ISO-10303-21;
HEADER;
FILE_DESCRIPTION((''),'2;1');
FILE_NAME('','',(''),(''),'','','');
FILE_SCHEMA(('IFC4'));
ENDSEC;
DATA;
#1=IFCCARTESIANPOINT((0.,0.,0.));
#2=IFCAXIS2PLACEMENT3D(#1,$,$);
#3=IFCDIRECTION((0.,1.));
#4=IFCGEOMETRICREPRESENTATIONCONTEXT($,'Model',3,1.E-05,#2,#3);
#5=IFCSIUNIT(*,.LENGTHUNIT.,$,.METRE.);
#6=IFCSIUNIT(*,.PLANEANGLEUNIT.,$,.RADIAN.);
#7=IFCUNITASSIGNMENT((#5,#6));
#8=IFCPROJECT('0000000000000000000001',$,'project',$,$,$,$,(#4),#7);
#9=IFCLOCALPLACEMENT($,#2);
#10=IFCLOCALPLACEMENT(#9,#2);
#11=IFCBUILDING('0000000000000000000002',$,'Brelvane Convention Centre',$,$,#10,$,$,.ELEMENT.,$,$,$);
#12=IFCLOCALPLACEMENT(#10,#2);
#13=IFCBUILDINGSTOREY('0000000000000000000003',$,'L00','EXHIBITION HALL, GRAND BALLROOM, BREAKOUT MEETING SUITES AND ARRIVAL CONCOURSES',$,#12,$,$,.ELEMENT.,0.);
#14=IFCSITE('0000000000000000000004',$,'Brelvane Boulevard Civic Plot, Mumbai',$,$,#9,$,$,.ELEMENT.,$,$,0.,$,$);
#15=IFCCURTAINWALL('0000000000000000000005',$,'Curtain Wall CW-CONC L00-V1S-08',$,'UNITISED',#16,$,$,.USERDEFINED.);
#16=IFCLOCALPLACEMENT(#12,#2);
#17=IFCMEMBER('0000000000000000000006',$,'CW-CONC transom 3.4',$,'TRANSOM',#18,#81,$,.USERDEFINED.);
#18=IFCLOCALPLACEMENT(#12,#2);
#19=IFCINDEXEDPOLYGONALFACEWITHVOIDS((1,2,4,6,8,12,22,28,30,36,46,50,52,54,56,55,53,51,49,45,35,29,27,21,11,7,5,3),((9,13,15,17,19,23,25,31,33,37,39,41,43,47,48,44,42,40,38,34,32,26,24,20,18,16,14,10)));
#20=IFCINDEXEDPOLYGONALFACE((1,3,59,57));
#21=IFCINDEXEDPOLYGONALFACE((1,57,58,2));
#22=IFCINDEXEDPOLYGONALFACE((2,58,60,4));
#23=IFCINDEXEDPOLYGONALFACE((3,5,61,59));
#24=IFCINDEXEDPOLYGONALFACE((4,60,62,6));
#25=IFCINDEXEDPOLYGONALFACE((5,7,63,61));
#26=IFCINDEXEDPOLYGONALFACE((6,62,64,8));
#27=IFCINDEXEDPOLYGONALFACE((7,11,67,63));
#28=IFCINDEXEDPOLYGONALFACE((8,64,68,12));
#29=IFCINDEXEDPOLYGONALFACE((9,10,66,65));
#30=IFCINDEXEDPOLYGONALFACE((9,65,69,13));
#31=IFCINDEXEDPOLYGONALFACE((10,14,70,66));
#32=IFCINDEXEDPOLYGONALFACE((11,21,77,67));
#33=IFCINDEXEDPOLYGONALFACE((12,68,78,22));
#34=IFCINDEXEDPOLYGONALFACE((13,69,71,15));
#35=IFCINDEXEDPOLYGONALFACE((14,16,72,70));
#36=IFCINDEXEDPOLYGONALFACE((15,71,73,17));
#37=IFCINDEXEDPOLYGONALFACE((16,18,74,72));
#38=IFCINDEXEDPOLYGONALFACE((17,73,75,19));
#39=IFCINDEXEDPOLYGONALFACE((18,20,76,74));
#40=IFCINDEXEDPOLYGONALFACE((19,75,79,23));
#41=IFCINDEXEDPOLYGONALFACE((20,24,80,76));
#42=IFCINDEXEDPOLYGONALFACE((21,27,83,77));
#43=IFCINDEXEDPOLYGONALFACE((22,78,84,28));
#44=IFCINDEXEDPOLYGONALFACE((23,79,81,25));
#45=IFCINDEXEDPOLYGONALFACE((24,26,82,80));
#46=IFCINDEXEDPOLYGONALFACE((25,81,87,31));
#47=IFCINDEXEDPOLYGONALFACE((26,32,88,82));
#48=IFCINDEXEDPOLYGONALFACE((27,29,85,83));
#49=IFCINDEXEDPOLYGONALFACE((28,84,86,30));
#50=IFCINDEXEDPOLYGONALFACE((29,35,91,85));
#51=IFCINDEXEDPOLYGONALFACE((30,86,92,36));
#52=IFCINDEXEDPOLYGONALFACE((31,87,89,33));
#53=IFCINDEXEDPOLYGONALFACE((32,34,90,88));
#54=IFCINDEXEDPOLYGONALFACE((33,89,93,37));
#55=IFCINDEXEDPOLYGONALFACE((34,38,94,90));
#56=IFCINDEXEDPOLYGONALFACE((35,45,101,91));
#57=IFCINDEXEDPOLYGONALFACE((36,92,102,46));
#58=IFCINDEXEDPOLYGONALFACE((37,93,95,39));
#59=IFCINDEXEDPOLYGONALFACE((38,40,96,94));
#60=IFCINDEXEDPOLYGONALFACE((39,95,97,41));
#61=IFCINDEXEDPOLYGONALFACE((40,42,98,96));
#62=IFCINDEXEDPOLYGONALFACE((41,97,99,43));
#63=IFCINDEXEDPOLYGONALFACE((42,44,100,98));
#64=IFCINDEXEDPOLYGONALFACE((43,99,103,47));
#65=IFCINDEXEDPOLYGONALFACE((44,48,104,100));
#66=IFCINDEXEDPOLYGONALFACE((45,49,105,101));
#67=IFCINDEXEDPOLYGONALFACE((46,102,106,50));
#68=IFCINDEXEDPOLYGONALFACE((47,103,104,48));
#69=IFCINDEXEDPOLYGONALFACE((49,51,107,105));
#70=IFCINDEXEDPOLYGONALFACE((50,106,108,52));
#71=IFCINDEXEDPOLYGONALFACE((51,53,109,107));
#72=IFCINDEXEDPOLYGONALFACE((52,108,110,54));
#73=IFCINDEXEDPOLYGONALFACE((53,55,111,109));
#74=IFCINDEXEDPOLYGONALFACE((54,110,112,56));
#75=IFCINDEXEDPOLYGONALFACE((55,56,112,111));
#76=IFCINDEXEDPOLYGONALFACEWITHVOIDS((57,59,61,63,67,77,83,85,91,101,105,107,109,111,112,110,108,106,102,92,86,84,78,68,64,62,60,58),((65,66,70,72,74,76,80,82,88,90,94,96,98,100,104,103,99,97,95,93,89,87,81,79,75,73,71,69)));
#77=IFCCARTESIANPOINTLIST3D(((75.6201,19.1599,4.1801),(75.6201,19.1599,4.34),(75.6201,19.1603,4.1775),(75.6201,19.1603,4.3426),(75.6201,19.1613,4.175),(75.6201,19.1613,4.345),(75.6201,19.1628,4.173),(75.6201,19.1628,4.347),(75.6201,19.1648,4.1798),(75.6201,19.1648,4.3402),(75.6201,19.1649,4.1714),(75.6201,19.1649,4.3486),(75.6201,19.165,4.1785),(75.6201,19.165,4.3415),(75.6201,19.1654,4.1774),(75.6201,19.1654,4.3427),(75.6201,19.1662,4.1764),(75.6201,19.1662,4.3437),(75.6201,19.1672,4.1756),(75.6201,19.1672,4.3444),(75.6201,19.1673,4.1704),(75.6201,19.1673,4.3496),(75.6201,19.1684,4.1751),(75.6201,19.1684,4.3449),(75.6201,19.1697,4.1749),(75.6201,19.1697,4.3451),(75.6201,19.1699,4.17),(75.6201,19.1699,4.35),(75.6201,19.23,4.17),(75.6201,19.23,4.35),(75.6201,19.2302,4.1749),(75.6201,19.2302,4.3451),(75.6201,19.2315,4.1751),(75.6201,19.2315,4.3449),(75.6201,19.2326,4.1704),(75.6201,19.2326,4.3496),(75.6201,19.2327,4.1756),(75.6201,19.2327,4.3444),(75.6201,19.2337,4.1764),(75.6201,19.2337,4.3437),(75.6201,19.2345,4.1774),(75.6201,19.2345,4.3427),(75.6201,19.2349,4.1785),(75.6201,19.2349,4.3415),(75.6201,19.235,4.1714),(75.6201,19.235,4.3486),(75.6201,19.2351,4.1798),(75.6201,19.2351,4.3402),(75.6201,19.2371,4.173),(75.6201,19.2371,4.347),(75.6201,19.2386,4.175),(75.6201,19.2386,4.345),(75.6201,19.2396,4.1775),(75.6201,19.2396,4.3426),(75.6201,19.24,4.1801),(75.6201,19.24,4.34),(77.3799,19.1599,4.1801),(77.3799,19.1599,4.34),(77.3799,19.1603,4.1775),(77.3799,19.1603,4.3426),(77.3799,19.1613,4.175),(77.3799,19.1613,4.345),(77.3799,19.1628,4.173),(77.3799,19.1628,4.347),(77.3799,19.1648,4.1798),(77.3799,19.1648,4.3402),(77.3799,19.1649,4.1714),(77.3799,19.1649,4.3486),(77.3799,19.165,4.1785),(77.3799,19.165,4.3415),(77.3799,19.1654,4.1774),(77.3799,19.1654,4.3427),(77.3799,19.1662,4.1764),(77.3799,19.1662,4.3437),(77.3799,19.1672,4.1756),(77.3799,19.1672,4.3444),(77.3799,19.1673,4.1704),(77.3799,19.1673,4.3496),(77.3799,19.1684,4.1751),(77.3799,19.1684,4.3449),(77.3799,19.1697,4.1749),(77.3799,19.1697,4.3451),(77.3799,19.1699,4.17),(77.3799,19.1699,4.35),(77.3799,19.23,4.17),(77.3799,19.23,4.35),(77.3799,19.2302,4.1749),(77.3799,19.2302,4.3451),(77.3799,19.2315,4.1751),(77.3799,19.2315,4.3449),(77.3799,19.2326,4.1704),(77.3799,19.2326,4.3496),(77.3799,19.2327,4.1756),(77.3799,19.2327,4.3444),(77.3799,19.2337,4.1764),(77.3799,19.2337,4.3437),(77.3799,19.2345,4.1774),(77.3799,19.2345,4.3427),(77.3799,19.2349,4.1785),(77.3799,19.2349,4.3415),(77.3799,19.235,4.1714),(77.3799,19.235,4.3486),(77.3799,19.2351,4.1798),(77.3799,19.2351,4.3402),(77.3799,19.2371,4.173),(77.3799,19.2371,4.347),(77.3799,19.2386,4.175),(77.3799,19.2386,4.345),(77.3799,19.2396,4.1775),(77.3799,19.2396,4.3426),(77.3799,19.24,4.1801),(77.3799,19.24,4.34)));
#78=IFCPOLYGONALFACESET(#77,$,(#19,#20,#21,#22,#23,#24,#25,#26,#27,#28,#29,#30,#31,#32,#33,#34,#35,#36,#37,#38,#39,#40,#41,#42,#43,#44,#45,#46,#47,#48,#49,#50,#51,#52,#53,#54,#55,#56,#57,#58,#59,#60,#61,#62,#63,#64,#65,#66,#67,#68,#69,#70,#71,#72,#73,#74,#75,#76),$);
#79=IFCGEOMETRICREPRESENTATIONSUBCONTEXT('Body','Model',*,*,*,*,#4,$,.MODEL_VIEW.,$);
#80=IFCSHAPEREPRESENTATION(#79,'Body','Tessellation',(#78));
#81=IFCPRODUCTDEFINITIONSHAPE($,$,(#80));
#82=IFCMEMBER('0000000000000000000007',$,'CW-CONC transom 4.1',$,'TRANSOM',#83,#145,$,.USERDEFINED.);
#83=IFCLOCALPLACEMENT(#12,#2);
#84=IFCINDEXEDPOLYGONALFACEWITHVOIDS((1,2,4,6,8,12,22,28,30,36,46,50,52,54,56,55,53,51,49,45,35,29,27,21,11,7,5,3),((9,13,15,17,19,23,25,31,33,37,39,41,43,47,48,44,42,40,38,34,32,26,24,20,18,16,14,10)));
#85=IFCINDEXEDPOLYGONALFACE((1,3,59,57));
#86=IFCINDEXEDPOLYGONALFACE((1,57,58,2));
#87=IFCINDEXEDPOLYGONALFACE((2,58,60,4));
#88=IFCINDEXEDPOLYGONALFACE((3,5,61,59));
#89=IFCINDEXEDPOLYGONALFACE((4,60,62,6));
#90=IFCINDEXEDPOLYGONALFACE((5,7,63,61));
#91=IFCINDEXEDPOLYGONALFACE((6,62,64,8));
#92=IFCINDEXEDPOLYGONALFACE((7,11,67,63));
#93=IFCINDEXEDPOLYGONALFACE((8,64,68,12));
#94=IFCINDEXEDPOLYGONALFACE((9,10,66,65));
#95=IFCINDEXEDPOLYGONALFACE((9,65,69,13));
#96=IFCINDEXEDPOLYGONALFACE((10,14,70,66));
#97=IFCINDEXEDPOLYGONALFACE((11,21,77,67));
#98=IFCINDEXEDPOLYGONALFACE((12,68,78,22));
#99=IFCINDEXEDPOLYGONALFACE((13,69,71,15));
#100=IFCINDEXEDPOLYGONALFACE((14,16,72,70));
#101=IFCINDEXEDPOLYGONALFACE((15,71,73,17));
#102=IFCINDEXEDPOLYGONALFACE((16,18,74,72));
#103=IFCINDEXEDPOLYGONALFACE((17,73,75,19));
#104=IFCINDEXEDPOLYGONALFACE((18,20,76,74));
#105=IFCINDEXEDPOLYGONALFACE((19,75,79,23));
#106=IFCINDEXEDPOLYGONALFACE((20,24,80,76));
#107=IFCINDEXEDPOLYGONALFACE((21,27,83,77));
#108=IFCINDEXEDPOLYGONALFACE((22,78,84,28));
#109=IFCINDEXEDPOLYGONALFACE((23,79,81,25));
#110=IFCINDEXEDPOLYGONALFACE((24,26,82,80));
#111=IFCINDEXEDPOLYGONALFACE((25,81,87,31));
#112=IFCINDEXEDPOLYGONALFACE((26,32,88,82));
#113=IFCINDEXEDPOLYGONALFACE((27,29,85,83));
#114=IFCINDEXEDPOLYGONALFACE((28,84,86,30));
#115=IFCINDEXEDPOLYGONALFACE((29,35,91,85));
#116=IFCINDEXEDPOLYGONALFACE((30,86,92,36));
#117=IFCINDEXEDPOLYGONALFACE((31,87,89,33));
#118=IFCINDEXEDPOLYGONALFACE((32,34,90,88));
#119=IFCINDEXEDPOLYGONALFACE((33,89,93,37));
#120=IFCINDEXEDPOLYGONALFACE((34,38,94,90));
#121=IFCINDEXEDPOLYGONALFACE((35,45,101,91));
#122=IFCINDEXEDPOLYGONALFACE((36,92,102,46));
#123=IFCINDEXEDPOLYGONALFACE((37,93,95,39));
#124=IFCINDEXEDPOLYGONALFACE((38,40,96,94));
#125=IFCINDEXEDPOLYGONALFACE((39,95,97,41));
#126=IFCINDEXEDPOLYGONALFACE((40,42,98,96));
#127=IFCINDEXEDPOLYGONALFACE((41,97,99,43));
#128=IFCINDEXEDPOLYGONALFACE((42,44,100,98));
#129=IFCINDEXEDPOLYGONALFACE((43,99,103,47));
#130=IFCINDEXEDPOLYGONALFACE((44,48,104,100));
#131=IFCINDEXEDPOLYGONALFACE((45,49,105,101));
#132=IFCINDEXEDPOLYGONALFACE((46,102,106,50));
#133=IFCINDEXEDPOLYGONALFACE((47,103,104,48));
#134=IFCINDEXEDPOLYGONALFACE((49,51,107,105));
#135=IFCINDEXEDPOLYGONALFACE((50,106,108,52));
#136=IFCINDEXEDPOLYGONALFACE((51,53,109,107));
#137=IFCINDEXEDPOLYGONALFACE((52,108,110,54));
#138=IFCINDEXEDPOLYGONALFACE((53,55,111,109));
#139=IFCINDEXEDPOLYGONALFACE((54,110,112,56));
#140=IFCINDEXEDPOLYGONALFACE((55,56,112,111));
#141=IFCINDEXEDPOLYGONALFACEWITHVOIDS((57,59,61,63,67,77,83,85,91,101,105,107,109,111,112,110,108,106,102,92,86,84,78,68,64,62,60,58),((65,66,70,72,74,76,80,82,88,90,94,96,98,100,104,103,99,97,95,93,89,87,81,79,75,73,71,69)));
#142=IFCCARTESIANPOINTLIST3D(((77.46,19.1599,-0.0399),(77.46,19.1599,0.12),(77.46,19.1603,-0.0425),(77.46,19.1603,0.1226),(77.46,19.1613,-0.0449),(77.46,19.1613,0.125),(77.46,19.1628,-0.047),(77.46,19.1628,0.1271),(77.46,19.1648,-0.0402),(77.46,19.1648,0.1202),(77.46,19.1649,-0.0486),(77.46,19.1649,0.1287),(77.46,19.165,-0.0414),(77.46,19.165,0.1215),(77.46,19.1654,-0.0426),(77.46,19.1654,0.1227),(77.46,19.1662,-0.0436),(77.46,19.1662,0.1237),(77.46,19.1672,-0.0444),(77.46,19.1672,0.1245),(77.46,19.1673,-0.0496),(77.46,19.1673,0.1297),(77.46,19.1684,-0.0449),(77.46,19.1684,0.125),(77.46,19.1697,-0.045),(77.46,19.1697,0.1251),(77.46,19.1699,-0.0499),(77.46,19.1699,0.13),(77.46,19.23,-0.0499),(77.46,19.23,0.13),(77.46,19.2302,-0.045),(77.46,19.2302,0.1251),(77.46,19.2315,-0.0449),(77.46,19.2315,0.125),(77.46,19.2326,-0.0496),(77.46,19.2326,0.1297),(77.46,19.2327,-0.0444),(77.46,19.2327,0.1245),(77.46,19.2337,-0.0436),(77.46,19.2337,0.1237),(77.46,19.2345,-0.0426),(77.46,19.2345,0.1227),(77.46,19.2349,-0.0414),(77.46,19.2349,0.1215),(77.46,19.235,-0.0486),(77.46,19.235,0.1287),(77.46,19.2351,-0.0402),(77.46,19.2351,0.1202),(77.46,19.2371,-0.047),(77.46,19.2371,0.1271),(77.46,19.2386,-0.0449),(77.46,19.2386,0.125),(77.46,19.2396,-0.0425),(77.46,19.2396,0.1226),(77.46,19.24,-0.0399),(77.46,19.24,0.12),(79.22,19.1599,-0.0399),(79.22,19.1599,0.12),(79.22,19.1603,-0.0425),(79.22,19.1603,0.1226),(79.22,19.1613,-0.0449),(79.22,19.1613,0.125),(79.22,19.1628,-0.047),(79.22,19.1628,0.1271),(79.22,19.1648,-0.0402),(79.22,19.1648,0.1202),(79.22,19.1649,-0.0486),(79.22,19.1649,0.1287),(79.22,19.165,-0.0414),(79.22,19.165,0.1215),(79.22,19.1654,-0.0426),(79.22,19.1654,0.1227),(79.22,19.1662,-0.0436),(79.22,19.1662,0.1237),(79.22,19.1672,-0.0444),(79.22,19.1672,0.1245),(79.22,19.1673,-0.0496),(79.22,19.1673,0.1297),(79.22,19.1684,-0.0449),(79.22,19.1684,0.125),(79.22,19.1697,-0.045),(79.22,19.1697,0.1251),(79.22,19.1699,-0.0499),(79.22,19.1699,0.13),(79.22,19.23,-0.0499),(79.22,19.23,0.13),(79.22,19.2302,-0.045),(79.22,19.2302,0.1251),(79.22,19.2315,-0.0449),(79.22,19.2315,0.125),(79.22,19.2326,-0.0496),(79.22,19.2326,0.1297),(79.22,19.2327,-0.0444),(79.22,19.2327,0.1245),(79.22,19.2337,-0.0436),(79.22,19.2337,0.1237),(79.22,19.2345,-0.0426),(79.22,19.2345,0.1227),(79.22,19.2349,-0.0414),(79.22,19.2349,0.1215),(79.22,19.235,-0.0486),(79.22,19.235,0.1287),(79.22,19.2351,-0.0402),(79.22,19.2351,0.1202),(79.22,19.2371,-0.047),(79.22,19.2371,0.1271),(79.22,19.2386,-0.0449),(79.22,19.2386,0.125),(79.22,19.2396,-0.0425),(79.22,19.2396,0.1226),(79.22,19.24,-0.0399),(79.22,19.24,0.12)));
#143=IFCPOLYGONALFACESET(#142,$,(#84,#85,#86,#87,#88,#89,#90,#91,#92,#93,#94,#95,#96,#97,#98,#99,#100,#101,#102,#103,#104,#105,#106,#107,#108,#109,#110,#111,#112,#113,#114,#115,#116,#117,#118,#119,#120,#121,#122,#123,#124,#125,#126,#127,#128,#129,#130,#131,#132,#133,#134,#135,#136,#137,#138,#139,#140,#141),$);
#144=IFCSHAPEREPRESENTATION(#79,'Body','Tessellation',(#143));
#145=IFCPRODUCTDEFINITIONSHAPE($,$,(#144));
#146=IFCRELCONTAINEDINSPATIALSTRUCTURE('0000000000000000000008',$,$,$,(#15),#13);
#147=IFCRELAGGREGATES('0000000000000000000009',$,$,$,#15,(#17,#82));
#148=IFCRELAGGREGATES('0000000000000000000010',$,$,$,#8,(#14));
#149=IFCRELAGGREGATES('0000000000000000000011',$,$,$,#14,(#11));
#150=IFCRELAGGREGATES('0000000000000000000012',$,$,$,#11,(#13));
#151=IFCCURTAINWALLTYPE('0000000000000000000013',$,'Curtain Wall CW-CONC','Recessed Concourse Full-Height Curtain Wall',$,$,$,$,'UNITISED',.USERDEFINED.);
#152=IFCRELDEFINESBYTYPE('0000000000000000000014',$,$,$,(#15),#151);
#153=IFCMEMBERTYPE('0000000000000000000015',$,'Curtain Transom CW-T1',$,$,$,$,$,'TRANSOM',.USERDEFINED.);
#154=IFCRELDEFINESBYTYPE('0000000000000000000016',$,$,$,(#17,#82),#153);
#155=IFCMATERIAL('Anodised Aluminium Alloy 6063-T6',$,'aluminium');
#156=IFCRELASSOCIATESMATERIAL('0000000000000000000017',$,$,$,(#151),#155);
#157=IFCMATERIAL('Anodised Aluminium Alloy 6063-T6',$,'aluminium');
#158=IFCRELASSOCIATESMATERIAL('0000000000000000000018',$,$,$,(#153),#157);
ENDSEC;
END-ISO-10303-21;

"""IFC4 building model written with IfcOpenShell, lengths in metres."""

from ifc_helpers import new_model, si_unit, direction, frame, origin, origin_2d, place, context, subcontext, project, spatial, hollow_rectangle, extrude, material, material_profile, profile_set, type_object, element, aggregate, save


model = new_model("IFC4")

# Units and contexts
model_context = context("Model", 3, precision=1e-05, world=origin(), true_north=direction((0.0, 1.0)))
body_context = subcontext(model_context, "Body", "Model", "MODEL_VIEW")
ifc_project = project(units=[si_unit("LENGTHUNIT", "METRE"), si_unit("PLANEANGLEUNIT", "RADIAN")], contexts=[model_context])

# Site, building, storey
site_placement = place(None, origin())
site = spatial("IfcSite", under=ifc_project, at=site_placement, Name="Brelvane Boulevard Civic Plot, Mumbai", CompositionType="ELEMENT", RefElevation=0.0)
building_placement = place(site_placement, origin())
building = spatial("IfcBuilding", under=site, at=building_placement, Name="Brelvane Convention Centre", CompositionType="ELEMENT")
storey_placement = place(building_placement, origin())
storey = spatial("IfcBuildingStorey", under=building, at=storey_placement, Name="L00", Description="EXHIBITION HALL, GRAND BALLROOM, BREAKOUT MEETING SUITES AND ARRIVAL CONCOURSES", CompositionType="ELEMENT", Elevation=0.0)

# Curtain wall, members
ifc_material_1 = material(Name="Anodised Aluminium Alloy 6063-T6", Category="aluminium")
curtain_wall_type = type_object("IfcCurtainWallType", Name="Curtain Wall CW-CONC", Description="Recessed Concourse Full-Height Curtain Wall", ElementType="UNITISED", PredefinedType="USERDEFINED", material=ifc_material_1)
curtain_wall_placement = place(storey_placement, origin())
curtain_wall = element("IfcCurtainWall", 1, at=curtain_wall_placement, inside=storey, type_object=curtain_wall_type, Name="Curtain Wall CW-CONC L00-V1S-08", ObjectType="UNITISED", PredefinedType="USERDEFINED")
ifc_material_2 = material(Name="Anodised Aluminium Alloy 6063-T6", Category="aluminium")
ifc_material_profile_1 = material_profile(ifc_material_2, hollow_rectangle(XDim=0.0801, YDim=0.1799, WallThickness=0.0049, InnerFilletRadius=0.0049, OuterFilletRadius=0.01, at=origin_2d()), Name="ALU-T 180x80x5.0")
ifc_profile_set_1 = profile_set([ifc_material_profile_1], Name="Anodised Aluminium Alloy 6063-T6")
member_type_1 = type_object("IfcMemberType", Name="Curtain Transom CW-T1", ElementType="TRANSOM", PredefinedType="USERDEFINED", material=ifc_profile_set_1)
member_1_placement = place(storey_placement, frame((75.6201, 19.2, 4.26), z_axis=(1.0, 0.0, 0.0), x_axis=(0.0, 1.0, 0.0)))
member_1 = element("IfcMember", 2, at=member_1_placement, type_object=member_type_1, Name="CW-CONC transom 3.4", ObjectType="TRANSOM", PredefinedType="USERDEFINED", context=body_context, shape_type="SweptSolid", body=[
    extrude(hollow_rectangle(XDim=0.0801, YDim=0.1799, WallThickness=0.0049, InnerFilletRadius=0.0049, OuterFilletRadius=0.01, at=origin_2d()), origin(), (0.0, 0.0, 1.0), 1.7598),
])
member_2_placement = place(storey_placement, frame((77.46, 19.2, 0.04), z_axis=(1.0, 0.0, 0.0), x_axis=(0.0, 1.0, 0.0)))
member_2 = element("IfcMember", 3, at=member_2_placement, type_object=member_type_1, Name="CW-CONC transom 4.1", ObjectType="TRANSOM", PredefinedType="USERDEFINED", context=body_context, shape_type="SweptSolid", body=[
    extrude(hollow_rectangle(XDim=0.0801, YDim=0.1799, WallThickness=0.0049, InnerFilletRadius=0.0049, OuterFilletRadius=0.01, at=origin_2d()), origin(), (0.0, 0.0, 1.0), 1.76),
])
aggregate(curtain_wall, [member_1, member_2])

save(model, "model.ifc")
